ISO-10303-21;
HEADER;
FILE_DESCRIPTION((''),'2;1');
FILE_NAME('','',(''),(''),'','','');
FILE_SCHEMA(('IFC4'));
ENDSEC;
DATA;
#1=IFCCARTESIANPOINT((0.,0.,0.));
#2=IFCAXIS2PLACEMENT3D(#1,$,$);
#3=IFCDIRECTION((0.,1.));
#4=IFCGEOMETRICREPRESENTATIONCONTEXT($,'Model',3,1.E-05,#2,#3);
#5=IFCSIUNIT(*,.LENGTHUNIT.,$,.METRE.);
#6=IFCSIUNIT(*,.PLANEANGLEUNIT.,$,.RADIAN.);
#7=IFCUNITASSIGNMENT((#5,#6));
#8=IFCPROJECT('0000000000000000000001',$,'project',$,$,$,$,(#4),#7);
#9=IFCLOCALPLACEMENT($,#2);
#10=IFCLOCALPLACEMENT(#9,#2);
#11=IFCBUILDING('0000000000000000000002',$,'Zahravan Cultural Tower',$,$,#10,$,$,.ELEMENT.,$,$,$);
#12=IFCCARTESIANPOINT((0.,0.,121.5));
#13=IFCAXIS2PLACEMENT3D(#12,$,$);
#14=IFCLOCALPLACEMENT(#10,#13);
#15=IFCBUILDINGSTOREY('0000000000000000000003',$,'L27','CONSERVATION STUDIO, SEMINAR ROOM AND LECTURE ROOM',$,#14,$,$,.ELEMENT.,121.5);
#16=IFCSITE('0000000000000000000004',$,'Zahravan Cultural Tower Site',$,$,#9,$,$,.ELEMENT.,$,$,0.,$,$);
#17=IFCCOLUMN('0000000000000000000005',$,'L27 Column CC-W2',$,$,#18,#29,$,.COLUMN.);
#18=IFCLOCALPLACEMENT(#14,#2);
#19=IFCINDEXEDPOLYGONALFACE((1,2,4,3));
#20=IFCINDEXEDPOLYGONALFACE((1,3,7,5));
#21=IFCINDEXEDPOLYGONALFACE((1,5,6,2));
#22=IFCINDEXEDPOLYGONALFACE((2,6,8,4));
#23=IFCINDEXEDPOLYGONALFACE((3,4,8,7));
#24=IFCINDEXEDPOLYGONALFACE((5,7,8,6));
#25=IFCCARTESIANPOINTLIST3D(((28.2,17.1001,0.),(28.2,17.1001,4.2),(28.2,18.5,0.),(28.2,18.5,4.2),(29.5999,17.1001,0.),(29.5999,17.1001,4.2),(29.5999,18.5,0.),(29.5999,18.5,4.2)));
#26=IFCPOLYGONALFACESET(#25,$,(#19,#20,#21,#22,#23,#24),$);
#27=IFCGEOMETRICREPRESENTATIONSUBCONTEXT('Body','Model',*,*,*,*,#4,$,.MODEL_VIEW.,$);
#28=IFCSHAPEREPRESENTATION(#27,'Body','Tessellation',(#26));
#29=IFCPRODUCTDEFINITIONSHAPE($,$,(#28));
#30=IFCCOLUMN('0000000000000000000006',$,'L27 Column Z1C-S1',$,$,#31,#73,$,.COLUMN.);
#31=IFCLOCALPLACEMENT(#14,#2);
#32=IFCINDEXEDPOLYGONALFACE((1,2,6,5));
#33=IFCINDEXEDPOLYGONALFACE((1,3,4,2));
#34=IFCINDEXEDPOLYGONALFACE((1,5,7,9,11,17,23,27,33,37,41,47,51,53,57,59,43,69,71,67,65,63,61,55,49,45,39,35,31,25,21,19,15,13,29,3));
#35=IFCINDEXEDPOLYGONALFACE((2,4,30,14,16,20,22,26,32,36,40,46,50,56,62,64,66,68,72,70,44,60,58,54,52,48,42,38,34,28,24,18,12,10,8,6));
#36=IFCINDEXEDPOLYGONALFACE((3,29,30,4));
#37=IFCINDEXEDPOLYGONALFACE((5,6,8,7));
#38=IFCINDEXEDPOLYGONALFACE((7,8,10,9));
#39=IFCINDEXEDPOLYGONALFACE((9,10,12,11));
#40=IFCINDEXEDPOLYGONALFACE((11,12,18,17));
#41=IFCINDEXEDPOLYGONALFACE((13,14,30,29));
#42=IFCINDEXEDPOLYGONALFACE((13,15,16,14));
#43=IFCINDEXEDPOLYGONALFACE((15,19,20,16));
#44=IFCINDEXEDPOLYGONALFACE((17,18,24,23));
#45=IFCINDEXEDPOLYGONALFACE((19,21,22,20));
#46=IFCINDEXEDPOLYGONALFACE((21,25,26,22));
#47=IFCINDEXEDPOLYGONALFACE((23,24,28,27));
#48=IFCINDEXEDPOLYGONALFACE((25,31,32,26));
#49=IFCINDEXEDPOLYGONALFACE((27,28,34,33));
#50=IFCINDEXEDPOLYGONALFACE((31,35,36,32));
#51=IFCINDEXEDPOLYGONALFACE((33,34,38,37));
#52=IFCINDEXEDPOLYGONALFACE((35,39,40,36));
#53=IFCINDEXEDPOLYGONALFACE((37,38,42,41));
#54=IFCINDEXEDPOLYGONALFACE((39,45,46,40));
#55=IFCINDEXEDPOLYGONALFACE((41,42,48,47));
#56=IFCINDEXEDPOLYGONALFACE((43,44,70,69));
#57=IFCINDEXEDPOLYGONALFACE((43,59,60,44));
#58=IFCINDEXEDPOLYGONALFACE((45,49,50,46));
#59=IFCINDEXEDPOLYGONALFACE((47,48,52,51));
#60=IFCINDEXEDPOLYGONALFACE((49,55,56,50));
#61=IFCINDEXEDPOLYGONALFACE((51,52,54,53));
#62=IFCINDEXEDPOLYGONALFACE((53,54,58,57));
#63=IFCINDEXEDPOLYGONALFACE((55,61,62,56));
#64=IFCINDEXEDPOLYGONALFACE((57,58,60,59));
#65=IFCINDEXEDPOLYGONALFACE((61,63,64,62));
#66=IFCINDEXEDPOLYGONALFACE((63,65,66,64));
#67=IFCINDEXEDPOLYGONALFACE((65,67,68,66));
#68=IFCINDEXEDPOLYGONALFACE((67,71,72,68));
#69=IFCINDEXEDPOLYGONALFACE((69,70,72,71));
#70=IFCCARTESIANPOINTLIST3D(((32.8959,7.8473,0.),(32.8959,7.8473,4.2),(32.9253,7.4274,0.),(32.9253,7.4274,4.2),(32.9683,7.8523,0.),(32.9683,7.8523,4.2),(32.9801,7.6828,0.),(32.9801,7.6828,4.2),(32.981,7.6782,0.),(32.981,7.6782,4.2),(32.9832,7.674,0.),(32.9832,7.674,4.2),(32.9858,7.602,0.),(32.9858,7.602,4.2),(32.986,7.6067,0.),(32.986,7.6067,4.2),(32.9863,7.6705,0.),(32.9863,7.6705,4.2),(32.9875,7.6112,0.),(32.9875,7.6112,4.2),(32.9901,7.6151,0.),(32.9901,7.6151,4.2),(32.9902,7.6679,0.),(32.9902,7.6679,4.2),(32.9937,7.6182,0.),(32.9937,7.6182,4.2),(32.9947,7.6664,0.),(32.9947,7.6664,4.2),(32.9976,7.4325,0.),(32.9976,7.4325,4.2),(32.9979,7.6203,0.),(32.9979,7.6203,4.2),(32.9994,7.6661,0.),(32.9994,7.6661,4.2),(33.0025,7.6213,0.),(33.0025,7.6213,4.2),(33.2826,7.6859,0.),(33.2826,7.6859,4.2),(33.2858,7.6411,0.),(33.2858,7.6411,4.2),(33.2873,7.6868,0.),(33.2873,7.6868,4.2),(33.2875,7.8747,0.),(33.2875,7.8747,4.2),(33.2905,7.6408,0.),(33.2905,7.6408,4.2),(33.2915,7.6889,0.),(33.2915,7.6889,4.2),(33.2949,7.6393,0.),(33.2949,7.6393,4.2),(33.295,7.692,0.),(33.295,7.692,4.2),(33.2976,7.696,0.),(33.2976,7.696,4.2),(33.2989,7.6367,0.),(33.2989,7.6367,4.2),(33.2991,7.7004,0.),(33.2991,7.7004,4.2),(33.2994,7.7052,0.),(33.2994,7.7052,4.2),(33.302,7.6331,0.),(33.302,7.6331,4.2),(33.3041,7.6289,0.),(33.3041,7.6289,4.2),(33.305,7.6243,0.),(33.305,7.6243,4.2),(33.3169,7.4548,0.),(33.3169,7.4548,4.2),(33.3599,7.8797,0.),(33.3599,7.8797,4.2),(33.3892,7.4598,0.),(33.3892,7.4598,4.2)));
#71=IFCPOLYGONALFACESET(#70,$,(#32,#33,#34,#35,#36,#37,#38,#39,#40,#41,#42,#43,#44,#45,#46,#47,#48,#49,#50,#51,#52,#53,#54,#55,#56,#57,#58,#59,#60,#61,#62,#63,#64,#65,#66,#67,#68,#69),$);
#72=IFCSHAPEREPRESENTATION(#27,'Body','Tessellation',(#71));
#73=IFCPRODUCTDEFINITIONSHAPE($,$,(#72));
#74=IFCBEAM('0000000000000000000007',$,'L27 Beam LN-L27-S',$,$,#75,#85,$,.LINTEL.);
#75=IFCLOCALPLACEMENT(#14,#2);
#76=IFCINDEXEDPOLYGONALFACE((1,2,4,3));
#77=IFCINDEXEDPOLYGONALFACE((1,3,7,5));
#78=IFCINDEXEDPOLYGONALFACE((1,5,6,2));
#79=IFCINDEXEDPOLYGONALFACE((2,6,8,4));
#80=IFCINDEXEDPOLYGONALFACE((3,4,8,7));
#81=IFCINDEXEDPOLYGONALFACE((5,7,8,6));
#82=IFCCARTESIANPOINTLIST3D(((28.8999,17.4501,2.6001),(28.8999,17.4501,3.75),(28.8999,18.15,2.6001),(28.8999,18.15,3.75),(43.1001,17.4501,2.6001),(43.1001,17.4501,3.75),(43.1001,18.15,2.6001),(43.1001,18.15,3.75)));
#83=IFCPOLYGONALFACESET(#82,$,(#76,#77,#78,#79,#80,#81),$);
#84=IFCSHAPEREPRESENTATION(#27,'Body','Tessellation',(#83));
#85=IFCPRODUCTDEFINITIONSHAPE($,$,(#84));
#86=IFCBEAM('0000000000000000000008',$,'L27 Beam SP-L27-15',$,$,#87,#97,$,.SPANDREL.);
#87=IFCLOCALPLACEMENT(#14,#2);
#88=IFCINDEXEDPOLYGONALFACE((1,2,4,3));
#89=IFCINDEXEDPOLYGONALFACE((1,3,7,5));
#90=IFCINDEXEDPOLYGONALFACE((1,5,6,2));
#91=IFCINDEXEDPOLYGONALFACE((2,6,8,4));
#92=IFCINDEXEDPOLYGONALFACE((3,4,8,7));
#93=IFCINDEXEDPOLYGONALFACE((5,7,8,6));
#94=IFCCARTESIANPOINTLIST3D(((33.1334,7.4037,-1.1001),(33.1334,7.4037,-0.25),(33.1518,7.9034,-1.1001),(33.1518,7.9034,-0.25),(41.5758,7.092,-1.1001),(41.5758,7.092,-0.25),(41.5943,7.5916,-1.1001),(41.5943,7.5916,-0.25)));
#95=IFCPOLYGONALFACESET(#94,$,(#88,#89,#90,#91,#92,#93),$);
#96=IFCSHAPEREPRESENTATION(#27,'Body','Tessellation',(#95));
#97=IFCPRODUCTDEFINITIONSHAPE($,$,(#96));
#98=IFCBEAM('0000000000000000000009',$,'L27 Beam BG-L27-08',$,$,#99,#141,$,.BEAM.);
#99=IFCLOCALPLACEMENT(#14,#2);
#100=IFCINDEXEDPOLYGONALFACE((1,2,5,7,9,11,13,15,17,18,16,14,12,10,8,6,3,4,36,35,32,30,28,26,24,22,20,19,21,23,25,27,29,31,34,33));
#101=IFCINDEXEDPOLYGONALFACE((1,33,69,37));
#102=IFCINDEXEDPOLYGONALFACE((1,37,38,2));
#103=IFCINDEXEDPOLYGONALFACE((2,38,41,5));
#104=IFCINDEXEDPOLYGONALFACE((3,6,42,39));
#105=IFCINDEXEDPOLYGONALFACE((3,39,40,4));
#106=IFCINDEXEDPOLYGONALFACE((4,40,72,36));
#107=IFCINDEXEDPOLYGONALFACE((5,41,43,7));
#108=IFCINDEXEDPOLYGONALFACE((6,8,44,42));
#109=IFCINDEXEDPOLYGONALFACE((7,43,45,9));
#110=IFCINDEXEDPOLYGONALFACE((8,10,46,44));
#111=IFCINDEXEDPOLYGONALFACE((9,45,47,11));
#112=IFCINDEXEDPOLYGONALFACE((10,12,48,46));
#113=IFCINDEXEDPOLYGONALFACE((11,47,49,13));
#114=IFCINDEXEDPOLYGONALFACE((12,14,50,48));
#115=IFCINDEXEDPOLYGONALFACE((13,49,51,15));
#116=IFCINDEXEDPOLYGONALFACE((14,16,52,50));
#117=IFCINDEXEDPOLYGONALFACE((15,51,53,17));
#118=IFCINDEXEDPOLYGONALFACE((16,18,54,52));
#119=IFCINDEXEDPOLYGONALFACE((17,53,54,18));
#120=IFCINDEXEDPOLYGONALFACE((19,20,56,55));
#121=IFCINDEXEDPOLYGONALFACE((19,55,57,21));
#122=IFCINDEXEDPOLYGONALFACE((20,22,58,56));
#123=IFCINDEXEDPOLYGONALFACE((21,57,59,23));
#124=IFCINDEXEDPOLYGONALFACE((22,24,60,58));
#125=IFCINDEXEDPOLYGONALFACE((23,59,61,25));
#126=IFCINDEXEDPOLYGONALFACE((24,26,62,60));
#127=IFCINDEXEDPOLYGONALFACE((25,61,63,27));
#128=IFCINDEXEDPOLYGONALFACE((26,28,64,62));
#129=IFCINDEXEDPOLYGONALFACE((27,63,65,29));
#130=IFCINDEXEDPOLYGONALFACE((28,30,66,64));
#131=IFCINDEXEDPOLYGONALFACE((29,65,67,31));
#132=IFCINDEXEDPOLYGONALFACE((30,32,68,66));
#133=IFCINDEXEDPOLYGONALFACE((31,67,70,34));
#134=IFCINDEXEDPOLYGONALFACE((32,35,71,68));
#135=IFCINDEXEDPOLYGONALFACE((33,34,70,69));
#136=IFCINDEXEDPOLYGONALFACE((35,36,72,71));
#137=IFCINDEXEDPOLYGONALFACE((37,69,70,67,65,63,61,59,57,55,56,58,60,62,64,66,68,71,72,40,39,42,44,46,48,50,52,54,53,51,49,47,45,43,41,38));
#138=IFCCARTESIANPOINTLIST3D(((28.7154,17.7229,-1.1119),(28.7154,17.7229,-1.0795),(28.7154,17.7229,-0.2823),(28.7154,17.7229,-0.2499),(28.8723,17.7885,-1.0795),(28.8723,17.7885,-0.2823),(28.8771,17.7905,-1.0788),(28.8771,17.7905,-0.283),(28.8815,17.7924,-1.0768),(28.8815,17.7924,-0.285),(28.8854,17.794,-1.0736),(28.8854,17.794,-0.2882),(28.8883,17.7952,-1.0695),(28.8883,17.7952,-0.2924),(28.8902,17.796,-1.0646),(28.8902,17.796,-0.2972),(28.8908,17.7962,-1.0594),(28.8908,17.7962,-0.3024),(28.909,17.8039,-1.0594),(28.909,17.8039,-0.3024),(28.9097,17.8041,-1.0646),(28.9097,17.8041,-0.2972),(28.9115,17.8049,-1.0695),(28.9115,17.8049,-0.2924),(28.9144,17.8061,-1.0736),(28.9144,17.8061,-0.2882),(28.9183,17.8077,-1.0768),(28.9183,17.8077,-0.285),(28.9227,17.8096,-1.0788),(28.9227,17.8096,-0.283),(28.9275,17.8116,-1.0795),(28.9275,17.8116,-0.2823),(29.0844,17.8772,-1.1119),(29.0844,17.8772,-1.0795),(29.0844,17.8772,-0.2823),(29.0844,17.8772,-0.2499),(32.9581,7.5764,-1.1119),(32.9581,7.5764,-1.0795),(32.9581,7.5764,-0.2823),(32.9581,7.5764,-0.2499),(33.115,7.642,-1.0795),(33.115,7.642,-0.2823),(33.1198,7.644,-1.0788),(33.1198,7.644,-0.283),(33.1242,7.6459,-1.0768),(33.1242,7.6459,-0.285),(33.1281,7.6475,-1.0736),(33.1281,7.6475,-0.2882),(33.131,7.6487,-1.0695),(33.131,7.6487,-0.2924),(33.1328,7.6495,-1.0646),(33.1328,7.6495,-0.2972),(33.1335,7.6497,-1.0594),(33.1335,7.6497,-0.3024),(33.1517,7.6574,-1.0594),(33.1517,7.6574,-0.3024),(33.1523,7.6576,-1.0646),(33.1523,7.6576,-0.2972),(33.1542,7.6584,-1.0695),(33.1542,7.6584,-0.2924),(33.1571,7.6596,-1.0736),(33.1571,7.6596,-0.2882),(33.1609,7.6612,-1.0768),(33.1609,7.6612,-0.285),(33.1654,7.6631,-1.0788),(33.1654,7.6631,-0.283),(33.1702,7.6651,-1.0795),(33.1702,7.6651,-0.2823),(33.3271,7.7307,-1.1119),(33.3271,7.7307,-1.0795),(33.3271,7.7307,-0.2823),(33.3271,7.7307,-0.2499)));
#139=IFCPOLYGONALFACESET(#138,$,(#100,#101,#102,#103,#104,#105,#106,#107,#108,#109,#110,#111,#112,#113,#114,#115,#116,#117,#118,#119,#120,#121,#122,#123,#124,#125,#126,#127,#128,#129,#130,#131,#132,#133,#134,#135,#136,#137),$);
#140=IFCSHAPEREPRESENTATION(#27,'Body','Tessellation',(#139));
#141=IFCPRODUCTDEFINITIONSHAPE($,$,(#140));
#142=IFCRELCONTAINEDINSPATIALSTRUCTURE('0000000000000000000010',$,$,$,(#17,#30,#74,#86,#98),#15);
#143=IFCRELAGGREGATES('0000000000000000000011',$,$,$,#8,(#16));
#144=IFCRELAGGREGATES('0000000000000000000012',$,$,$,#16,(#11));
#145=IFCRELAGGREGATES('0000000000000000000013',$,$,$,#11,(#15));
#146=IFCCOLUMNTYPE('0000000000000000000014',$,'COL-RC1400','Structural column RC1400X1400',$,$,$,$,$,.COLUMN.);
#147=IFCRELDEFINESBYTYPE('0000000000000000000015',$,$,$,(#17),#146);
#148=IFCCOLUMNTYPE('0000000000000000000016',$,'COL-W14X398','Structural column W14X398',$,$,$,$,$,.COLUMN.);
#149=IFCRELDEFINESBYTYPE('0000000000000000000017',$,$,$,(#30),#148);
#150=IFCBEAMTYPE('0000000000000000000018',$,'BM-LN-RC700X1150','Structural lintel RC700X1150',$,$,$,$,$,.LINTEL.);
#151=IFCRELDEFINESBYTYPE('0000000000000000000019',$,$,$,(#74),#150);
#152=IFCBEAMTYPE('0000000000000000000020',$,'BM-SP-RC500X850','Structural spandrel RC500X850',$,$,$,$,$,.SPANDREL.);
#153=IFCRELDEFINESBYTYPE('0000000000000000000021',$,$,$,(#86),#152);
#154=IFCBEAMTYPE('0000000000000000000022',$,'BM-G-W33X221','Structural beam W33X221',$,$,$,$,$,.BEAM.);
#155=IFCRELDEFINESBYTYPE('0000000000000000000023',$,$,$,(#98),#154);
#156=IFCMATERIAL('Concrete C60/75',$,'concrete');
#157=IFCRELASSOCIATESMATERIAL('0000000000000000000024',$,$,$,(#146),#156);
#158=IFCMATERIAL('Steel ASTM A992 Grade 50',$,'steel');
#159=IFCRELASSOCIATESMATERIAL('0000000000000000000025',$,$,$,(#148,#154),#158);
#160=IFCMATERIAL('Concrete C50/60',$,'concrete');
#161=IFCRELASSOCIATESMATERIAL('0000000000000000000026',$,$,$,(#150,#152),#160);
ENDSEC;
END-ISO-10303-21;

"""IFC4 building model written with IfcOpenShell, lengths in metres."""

from ifc_helpers import new_model, si_unit, direction, frame, origin, origin_2d, place, context, subcontext, project, spatial, rectangle, i_section, extrude, source, transform, mapped, material, material_profile, profile_set, type_object, element, save


model = new_model("IFC4")

# Units and contexts
model_context = context("Model", 3, precision=1e-05, world=origin(), true_north=direction((0.0, 1.0)))
body_context = subcontext(model_context, "Body", "Model", "MODEL_VIEW")
ifc_project = project(units=[si_unit("LENGTHUNIT", "METRE"), si_unit("PLANEANGLEUNIT", "RADIAN")], contexts=[model_context])

# Site, building, storey
site_placement = place(None, origin())
site = spatial("IfcSite", under=ifc_project, at=site_placement, Name="Zahravan Cultural Tower Site", CompositionType="ELEMENT", RefElevation=0.0)
building_placement = place(site_placement, origin())
building = spatial("IfcBuilding", under=site, at=building_placement, Name="Zahravan Cultural Tower", CompositionType="ELEMENT")
storey_placement = place(building_placement, frame((0.0, 0.0, 121.5)))
storey = spatial("IfcBuildingStorey", under=building, at=storey_placement, Name="L27", Description="CONSERVATION STUDIO, SEMINAR ROOM AND LECTURE ROOM", CompositionType="ELEMENT", Elevation=121.5)

# Columns
ifc_material_1 = material(Name="Concrete C60/75", Category="concrete")
ifc_material_profile_1 = material_profile(ifc_material_1, rectangle(XDim=1.3999, YDim=1.3999, at=origin_2d()), Name="RC1400X1400")
ifc_profile_set_1 = profile_set([ifc_material_profile_1], Name="Concrete C60/75")
column_type_1 = type_object("IfcColumnType", Name="COL-RC1400", Description="Structural column RC1400X1400", PredefinedType="COLUMN", material=ifc_profile_set_1)
shared_shape_1 = source(origin(), body_context, "Body", "SweptSolid", [
    extrude(rectangle(XDim=1.3999, YDim=1.3999, at=origin_2d()), origin(), (0.0, 0.0, 1.0), 4.2),
])
column_1_placement = place(storey_placement, frame((28.8999, 17.8, 0.0), z_axis=(0.0, 0.0, 1.0), x_axis=(1.0, 0.0, 0.0)))
element("IfcColumn", 1, at=column_1_placement, inside=storey, type_object=column_type_1, Name="L27 Column CC-W2", PredefinedType="COLUMN", context=body_context, shape_type="MappedRepresentation", body=[
    mapped(shared_shape_1, transform((0.0, 0.0, 0.0), x_axis=(1.0, 0.0, 0.0), y_axis=(0.0, 1.0, 0.0), z_axis=(0.0, 0.0, 1.0), scale=1.0)),
])
ifc_material_2 = material(Name="Steel ASTM A992 Grade 50", Category="steel")
ifc_material_profile_2 = material_profile(ifc_material_2, i_section(OverallWidth=0.4209, OverallDepth=0.4651, WebThickness=0.0449, FlangeThickness=0.0725, FilletRadius=0.0181, at=origin_2d()), Name="W14X398")
ifc_profile_set_2 = profile_set([ifc_material_profile_2], Name="Steel ASTM A992 Grade 50")
column_type_2 = type_object("IfcColumnType", Name="COL-W14X398", Description="Structural column W14X398", PredefinedType="COLUMN", material=ifc_profile_set_2)
shared_shape_2 = source(origin(), body_context, "Body", "SweptSolid", [
    extrude(i_section(OverallWidth=0.4209, OverallDepth=0.4651, WebThickness=0.0449, FlangeThickness=0.0725, FilletRadius=0.0181, at=origin_2d()), origin(), (0.0, 0.0, 1.0), 4.2),
])
column_2_placement = place(storey_placement, frame((33.1426, 7.6536, 0.0), z_axis=(0.0, 0.0, 1.0), x_axis=(-0.069756, 0.997564, 0.0)))
element("IfcColumn", 2, at=column_2_placement, inside=storey, type_object=column_type_2, Name="L27 Column Z1C-S1", PredefinedType="COLUMN", context=body_context, shape_type="MappedRepresentation", body=[
    mapped(shared_shape_2, transform((0.0, 0.0, 0.0), x_axis=(1.0, 0.0, 0.0), y_axis=(0.0, 1.0, 0.0), z_axis=(0.0, 0.0, 1.0), scale=1.0)),
])

# Beams
ifc_material_3 = material(Name="Concrete C50/60", Category="concrete")
ifc_material_profile_3 = material_profile(ifc_material_3, rectangle(XDim=0.7, YDim=1.1499, at=origin_2d()), Name="RC700X1150")
ifc_profile_set_3 = profile_set([ifc_material_profile_3], Name="Concrete C50/60")
beam_type_1 = type_object("IfcBeamType", Name="BM-LN-RC700X1150", Description="Structural lintel RC700X1150", PredefinedType="LINTEL", material=ifc_profile_set_3)
shared_shape_3 = source(origin(), body_context, "Body", "SweptSolid", [
    extrude(rectangle(XDim=0.7, YDim=1.1499, at=origin_2d()), origin(), (0.0, 0.0, 1.0), 14.2002),
])
beam_1_placement = place(storey_placement, frame((28.8999, 17.8, 3.175), z_axis=(1.0, 0.0, 0.0), x_axis=(0.0, 1.0, 0.0)))
element("IfcBeam", 3, at=beam_1_placement, inside=storey, type_object=beam_type_1, Name="L27 Beam LN-L27-S", PredefinedType="LINTEL", context=body_context, shape_type="MappedRepresentation", body=[
    mapped(shared_shape_3, transform((0.0, 0.0, 0.0), x_axis=(1.0, 0.0, 0.0), y_axis=(0.0, 1.0, 0.0), z_axis=(0.0, 0.0, 1.0), scale=1.0)),
])
ifc_material_profile_4 = material_profile(ifc_material_3, rectangle(XDim=0.5, YDim=0.8501, at=origin_2d()), Name="RC500X850")
ifc_profile_set_4 = profile_set([ifc_material_profile_4], Name="Concrete C50/60")
beam_type_2 = type_object("IfcBeamType", Name="BM-SP-RC500X850", Description="Structural spandrel RC500X850", PredefinedType="SPANDREL", material=ifc_profile_set_4)
shared_shape_4 = source(origin(), body_context, "Body", "SweptSolid", [
    extrude(rectangle(XDim=0.5, YDim=0.8501, at=origin_2d()), origin(), (0.0, 0.0, 1.0), 8.4482),
])
beam_2_placement = place(storey_placement, frame((33.1426, 7.6536, -0.675), z_axis=(0.999319, -0.036904, 0.0), x_axis=(0.036904, 0.999319, 0.0)))
element("IfcBeam", 4, at=beam_2_placement, inside=storey, type_object=beam_type_2, Name="L27 Beam SP-L27-15", PredefinedType="SPANDREL", context=body_context, shape_type="MappedRepresentation", body=[
    mapped(shared_shape_4, transform((0.0, 0.0, 0.0), x_axis=(1.0, 0.0, 0.0), y_axis=(0.0, 1.0, 0.0), z_axis=(0.0, 0.0, 1.0), scale=1.0)),
])
ifc_material_profile_5 = material_profile(ifc_material_2, i_section(OverallWidth=0.3999, OverallDepth=0.8621, WebThickness=0.0198, FlangeThickness=0.0325, FilletRadius=0.02, at=origin_2d()), Name="W33X221")
ifc_profile_set_5 = profile_set([ifc_material_profile_5], Name="Steel ASTM A992 Grade 50")
beam_type_3 = type_object("IfcBeamType", Name="BM-G-W33X221", Description="Structural beam W33X221", PredefinedType="BEAM", material=ifc_profile_set_5)
shared_shape_5 = source(origin(), body_context, "Body", "SweptSolid", [
    extrude(i_section(OverallWidth=0.3999, OverallDepth=0.8621, WebThickness=0.0198, FlangeThickness=0.0325, FilletRadius=0.02, at=origin_2d()), origin(), (0.0, 0.0, 1.0), 10.9978),
])
beam_3_placement = place(storey_placement, frame((28.8999, 17.8, -0.6809), z_axis=(0.385775, -0.922593, 0.0), x_axis=(0.922593, 0.385775, 0.0)))
element("IfcBeam", 5, at=beam_3_placement, inside=storey, type_object=beam_type_3, Name="L27 Beam BG-L27-08", PredefinedType="BEAM", context=body_context, shape_type="MappedRepresentation", body=[
    mapped(shared_shape_5, transform((0.0, 0.0, 0.0), x_axis=(1.0, 0.0, 0.0), y_axis=(0.0, 1.0, 0.0), z_axis=(0.0, 0.0, 1.0), scale=1.0)),
])

save(model, "model.ifc")
